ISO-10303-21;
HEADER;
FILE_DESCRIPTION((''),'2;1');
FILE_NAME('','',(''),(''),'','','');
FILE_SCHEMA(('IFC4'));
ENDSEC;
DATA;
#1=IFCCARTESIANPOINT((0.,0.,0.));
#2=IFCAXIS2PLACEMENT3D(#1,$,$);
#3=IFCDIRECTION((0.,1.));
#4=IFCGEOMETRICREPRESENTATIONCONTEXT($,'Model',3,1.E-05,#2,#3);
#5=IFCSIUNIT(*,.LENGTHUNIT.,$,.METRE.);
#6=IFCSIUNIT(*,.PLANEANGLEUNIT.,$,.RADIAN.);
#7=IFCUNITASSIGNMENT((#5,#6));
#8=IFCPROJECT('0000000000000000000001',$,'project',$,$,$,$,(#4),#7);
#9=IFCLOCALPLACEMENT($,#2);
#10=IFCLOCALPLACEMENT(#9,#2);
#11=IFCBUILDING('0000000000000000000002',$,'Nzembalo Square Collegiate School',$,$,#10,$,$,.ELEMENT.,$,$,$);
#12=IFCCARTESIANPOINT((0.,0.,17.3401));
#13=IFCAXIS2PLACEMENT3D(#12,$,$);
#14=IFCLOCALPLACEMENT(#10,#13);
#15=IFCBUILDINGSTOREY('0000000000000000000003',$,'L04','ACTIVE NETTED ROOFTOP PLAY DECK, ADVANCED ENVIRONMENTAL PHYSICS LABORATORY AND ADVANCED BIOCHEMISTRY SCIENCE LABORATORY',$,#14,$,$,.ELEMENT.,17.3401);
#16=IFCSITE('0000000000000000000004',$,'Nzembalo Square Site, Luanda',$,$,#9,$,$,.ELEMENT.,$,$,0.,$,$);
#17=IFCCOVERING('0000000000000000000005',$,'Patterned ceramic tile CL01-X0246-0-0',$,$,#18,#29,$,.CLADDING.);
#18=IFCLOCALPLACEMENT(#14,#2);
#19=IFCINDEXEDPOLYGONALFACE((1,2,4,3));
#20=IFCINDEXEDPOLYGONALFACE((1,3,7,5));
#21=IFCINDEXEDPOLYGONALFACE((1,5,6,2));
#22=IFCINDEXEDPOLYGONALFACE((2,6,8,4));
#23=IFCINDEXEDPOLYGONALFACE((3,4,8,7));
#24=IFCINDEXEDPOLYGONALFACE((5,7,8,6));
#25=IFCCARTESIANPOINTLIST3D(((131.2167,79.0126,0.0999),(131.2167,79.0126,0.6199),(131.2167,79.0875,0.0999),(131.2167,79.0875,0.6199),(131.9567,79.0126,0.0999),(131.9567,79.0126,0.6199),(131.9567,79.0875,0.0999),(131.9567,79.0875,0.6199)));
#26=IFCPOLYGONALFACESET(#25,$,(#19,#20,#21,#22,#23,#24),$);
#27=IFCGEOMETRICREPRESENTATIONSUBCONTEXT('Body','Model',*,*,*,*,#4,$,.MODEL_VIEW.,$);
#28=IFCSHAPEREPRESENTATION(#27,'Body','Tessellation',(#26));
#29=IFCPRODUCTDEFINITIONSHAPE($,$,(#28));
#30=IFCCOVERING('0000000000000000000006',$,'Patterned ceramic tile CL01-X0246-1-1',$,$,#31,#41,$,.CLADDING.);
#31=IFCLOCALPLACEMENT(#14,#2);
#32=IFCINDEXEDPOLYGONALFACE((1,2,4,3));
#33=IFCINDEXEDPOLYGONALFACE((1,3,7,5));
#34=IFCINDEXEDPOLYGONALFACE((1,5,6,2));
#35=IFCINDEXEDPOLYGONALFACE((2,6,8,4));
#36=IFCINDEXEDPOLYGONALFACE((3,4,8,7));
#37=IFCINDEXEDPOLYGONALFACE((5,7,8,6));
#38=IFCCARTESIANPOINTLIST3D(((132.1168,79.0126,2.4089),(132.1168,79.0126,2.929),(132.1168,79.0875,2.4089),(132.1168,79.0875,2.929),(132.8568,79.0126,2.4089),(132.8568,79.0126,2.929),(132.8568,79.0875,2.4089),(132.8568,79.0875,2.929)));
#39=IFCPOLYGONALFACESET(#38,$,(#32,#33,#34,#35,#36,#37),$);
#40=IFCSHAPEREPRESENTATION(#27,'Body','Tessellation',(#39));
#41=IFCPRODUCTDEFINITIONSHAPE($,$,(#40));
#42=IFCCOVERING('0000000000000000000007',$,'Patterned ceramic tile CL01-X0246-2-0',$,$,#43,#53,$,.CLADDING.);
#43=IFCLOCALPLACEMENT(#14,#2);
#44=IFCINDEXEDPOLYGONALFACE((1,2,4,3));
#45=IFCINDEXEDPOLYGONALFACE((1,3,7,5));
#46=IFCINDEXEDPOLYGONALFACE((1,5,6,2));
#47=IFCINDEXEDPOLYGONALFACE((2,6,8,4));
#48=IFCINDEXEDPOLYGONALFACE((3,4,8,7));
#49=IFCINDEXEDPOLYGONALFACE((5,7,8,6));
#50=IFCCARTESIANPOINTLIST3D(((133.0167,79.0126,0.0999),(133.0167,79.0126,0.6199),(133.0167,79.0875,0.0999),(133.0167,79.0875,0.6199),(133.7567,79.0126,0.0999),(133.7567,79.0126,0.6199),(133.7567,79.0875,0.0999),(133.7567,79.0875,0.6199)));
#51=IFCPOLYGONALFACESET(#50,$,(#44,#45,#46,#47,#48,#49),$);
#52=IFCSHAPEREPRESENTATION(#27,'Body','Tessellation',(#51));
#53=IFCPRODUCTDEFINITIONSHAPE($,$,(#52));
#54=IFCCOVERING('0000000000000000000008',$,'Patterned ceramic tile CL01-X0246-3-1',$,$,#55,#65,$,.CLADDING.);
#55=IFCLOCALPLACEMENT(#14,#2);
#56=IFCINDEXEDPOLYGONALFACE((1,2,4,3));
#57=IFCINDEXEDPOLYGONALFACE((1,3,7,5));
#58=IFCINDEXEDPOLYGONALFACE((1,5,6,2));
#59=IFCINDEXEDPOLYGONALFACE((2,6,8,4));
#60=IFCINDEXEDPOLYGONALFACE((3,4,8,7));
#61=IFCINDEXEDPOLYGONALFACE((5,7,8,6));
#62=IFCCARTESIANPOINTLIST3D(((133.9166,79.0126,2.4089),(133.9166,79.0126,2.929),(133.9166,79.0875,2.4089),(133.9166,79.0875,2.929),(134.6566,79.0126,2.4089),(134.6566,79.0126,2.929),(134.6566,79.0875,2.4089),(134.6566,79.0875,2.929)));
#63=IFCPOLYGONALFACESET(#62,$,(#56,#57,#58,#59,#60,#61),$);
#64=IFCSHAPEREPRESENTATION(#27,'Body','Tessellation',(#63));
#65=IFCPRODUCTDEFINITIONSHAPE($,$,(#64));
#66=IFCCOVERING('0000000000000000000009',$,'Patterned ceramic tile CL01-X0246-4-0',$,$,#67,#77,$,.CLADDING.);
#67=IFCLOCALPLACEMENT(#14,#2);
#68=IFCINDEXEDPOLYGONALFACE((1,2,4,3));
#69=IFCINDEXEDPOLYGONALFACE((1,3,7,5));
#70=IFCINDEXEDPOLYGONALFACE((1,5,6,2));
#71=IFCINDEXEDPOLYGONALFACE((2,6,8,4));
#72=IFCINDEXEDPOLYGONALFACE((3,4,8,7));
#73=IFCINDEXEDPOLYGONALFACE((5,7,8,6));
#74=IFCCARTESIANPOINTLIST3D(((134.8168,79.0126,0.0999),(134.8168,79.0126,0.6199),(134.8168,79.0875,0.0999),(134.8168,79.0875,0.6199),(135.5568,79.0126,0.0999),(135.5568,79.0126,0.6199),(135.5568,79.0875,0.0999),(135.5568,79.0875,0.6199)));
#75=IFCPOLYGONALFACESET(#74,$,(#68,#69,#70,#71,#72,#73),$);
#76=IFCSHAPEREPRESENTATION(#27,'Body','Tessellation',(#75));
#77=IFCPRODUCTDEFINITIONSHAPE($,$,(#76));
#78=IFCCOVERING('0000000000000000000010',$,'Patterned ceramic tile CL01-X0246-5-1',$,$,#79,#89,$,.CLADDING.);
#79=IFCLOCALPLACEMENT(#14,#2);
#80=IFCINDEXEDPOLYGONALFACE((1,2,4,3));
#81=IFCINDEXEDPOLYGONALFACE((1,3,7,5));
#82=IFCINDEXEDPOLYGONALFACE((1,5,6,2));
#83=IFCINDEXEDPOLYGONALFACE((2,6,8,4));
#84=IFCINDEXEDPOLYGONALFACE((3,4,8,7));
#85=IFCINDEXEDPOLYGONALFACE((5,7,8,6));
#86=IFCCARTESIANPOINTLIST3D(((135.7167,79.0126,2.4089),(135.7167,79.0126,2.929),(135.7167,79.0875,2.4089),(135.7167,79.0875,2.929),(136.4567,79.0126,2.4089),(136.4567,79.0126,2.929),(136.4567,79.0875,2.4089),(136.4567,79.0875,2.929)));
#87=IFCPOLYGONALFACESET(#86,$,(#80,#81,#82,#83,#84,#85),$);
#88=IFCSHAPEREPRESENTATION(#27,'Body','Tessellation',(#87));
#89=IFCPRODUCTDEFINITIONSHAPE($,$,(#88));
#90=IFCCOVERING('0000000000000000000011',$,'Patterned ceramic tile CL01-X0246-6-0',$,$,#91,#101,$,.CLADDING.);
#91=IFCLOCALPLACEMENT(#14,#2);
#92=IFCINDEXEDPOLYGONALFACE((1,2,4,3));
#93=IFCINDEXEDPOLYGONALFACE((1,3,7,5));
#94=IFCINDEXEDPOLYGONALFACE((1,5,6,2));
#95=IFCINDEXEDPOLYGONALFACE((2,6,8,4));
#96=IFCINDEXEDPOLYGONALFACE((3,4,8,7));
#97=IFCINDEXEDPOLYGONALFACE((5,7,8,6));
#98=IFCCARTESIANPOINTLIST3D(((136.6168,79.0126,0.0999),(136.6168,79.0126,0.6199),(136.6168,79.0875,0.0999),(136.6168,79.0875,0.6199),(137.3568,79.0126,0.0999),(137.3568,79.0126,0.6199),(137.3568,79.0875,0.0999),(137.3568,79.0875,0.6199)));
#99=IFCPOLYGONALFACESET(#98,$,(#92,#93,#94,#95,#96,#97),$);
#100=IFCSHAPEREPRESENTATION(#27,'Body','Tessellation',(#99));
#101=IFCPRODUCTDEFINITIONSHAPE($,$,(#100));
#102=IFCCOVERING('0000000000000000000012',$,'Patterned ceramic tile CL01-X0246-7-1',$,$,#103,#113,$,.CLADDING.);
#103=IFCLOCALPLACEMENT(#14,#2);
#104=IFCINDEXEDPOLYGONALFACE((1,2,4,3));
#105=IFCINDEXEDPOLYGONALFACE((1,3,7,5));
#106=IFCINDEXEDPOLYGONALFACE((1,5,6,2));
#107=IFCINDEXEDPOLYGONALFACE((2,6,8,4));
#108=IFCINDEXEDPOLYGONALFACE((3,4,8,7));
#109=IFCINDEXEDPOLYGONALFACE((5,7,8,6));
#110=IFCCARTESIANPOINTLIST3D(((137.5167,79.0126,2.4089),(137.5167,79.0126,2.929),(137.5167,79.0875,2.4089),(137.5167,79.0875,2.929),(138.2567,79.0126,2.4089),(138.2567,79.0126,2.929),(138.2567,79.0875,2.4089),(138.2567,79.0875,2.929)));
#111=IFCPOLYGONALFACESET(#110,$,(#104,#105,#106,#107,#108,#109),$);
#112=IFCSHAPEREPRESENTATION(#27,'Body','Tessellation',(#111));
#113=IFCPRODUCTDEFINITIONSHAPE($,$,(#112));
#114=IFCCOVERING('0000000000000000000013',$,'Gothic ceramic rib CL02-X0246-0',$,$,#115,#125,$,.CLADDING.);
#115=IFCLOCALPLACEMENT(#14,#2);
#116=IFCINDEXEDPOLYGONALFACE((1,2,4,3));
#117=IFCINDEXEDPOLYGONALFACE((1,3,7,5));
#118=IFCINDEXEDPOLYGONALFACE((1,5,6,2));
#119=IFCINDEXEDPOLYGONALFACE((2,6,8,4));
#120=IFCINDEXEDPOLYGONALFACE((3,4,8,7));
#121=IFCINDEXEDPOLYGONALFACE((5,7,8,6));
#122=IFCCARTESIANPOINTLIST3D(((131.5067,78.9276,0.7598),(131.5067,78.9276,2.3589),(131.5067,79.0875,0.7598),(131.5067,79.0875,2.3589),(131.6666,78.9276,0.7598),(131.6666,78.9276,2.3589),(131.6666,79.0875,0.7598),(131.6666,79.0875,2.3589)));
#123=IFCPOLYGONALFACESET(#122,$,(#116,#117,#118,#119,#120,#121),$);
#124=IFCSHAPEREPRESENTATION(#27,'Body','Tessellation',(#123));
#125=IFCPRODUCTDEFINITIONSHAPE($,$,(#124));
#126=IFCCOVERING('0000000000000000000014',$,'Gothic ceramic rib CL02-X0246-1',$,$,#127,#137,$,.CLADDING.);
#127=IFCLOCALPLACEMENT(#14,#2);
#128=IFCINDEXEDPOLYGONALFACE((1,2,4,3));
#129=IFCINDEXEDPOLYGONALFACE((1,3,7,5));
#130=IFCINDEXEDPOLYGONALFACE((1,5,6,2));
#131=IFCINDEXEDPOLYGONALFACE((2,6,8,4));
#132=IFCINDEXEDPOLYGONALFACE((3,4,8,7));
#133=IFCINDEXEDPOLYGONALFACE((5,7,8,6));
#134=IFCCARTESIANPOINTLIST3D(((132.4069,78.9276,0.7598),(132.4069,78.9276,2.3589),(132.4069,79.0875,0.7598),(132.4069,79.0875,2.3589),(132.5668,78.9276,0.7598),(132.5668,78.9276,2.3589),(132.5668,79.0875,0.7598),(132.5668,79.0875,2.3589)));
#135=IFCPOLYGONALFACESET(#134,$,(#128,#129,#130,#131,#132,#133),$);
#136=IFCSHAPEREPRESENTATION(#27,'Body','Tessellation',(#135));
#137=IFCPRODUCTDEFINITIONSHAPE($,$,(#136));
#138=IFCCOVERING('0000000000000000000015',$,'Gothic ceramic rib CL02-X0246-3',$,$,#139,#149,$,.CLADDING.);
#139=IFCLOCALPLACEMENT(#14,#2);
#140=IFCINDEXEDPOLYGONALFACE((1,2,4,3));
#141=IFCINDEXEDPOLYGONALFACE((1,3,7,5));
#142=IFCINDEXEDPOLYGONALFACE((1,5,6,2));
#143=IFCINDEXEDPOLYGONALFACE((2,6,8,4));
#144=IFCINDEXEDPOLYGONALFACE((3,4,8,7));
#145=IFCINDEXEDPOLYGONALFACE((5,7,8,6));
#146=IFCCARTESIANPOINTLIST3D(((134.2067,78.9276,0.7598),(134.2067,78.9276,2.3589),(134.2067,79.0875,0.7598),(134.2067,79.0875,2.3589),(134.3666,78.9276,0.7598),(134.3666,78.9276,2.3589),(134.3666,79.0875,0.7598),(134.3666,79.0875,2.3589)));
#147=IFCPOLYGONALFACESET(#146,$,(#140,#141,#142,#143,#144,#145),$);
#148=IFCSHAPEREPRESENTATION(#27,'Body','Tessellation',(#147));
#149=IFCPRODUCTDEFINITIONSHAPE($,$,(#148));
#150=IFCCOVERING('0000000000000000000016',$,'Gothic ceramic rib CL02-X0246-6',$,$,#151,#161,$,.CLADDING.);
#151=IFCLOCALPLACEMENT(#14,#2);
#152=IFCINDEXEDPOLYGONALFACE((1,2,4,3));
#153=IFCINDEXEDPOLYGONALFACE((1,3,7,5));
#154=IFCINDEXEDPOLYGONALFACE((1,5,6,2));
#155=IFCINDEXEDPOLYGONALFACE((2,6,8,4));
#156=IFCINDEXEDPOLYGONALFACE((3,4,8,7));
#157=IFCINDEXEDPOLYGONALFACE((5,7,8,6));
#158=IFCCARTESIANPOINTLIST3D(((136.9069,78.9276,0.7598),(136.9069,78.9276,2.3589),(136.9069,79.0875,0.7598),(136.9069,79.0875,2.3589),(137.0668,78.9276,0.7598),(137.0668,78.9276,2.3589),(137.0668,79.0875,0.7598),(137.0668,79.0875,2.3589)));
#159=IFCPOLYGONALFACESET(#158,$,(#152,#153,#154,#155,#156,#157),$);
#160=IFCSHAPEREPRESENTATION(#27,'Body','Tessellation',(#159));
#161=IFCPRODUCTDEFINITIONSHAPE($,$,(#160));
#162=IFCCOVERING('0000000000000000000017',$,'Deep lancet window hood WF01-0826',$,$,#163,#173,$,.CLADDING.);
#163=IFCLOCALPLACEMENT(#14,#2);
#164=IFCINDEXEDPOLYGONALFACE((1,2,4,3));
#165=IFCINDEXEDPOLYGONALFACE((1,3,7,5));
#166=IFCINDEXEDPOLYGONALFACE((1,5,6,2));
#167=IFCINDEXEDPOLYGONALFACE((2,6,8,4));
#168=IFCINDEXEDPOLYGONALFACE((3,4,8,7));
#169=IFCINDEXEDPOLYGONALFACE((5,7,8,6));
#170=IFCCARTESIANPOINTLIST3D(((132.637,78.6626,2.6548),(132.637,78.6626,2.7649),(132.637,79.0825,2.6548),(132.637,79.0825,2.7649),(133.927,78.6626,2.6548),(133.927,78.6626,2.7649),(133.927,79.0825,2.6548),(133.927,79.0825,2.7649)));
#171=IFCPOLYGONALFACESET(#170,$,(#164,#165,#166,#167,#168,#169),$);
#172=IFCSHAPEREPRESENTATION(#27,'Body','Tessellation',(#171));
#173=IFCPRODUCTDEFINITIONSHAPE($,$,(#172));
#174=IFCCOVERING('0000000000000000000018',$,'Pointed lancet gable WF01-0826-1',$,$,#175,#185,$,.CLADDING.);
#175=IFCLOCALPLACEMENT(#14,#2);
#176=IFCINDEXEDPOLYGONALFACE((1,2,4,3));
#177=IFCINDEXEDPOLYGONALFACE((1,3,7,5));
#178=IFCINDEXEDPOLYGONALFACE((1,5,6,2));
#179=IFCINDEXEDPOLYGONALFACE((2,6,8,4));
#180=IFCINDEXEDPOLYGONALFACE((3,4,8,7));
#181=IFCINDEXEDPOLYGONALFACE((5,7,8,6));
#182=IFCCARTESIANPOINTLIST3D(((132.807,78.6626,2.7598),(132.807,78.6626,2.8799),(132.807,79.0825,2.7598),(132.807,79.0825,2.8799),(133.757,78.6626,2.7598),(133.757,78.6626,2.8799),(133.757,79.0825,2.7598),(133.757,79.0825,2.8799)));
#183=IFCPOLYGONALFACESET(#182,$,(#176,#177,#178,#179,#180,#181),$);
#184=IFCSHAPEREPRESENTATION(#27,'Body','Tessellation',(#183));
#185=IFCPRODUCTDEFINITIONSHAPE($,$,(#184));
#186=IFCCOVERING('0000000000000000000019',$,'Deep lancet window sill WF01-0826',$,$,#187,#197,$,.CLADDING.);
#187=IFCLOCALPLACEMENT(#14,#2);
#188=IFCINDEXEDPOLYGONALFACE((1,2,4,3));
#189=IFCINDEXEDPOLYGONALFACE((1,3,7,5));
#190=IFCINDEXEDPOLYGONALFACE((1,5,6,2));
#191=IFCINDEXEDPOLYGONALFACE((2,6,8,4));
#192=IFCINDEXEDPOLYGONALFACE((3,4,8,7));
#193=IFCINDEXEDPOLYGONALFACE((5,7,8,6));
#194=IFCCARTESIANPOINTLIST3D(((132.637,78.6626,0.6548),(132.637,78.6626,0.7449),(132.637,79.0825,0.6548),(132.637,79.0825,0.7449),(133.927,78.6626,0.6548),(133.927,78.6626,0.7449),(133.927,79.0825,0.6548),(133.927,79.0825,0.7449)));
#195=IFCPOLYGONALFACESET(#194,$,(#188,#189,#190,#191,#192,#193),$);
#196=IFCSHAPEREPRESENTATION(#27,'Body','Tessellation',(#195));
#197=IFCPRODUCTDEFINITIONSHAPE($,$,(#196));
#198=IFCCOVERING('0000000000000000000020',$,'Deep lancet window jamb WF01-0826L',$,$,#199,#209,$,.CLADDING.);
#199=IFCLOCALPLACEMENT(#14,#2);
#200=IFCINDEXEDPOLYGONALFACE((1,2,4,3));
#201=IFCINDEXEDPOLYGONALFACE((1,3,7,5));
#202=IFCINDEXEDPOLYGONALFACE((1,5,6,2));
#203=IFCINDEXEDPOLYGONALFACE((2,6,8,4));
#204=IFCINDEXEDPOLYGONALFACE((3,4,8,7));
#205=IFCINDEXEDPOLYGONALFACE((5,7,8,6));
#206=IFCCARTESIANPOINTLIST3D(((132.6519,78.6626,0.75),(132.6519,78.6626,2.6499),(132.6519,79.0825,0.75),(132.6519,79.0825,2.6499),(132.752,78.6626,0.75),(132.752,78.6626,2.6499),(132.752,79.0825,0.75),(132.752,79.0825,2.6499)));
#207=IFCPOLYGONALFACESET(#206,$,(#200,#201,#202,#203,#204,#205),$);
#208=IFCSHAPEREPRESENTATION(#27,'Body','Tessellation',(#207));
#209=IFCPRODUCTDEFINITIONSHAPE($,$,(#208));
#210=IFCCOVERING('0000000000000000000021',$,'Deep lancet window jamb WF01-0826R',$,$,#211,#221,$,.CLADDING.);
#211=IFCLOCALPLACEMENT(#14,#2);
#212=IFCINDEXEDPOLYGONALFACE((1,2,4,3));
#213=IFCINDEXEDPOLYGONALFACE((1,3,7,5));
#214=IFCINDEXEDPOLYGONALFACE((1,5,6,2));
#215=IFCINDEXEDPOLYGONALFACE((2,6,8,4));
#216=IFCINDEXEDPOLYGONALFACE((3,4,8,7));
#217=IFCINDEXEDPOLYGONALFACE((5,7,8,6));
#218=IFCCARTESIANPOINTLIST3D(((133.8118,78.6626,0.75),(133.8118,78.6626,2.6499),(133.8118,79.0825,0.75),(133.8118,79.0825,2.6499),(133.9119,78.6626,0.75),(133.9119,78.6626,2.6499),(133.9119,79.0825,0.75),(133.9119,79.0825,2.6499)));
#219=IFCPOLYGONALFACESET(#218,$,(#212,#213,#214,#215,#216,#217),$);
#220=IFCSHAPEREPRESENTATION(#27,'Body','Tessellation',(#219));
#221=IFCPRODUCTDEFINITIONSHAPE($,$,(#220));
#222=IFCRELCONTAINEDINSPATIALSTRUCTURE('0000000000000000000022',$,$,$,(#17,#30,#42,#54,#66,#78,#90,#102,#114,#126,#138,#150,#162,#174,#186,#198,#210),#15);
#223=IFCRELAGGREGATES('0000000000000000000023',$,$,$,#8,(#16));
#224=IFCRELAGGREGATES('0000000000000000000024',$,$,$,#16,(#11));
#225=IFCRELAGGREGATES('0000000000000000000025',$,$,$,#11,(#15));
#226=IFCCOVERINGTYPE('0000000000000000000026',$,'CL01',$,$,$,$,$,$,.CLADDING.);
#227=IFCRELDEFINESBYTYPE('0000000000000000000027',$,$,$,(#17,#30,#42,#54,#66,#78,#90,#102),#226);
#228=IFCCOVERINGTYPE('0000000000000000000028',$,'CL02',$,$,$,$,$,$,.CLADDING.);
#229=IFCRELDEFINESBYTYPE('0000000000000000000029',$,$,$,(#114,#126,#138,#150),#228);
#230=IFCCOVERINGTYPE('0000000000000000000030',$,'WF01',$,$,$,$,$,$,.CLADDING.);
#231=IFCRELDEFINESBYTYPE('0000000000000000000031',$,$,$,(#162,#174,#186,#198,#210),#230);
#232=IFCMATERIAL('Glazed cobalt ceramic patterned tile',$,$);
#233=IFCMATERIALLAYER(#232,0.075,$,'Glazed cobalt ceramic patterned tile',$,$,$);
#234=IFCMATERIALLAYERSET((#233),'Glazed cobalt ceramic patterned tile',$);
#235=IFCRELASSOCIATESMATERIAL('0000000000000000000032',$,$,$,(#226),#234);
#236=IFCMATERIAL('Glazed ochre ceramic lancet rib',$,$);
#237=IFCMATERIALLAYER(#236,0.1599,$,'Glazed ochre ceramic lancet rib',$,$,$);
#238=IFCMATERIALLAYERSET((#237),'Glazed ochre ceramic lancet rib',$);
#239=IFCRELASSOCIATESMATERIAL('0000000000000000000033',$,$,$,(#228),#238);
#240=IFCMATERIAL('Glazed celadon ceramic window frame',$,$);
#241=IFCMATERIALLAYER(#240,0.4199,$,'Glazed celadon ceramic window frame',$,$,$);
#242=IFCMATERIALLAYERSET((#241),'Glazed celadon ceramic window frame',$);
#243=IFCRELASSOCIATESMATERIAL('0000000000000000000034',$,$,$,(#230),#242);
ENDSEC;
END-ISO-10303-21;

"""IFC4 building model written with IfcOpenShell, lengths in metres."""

from ifc_helpers import new_model, si_unit, direction, frame, origin, origin_2d, place, context, subcontext, project, spatial, rectangle, extrude, material, layer, layer_set, type_object, element, save


model = new_model("IFC4")

# Units and contexts
model_context = context("Model", 3, precision=1e-05, world=origin(), true_north=direction((0.0, 1.0)))
body_context = subcontext(model_context, "Body", "Model", "MODEL_VIEW")
ifc_project = project(units=[si_unit("LENGTHUNIT", "METRE"), si_unit("PLANEANGLEUNIT", "RADIAN")], contexts=[model_context])

# Site, building, storey
site_placement = place(None, origin())
site = spatial("IfcSite", under=ifc_project, at=site_placement, Name="Nzembalo Square Site, Luanda", CompositionType="ELEMENT", RefElevation=0.0)
building_placement = place(site_placement, origin())
building = spatial("IfcBuilding", under=site, at=building_placement, Name="Nzembalo Square Collegiate School", CompositionType="ELEMENT")
storey_placement = place(building_placement, frame((0.0, 0.0, 17.3401)))
storey = spatial("IfcBuildingStorey", under=building, at=storey_placement, Name="L04", Description="ACTIVE NETTED ROOFTOP PLAY DECK, ADVANCED ENVIRONMENTAL PHYSICS LABORATORY AND ADVANCED BIOCHEMISTRY SCIENCE LABORATORY", CompositionType="ELEMENT", Elevation=17.3401)

# Coverings
ifc_material_1 = material(Name="Glazed cobalt ceramic patterned tile")
ifc_layer_1 = layer(ifc_material_1, 0.075, Name="Glazed cobalt ceramic patterned tile")
ifc_layer_set_1 = layer_set([ifc_layer_1], Name="Glazed cobalt ceramic patterned tile")
covering_type_1 = type_object("IfcCoveringType", Name="CL01", PredefinedType="CLADDING", material=ifc_layer_set_1)
for number, where, z_axis, x_axis, name in (
    (1, (131.5867, 79.05, 0.0999), (0.0, 0.0, 1.0), (1.0, 0.0, 0.0), "Patterned ceramic tile CL01-X0246-0-0"),
    (2, (132.4868, 79.05, 2.4089), (0.0, 0.0, 1.0), (1.0, 0.0, 0.0), "Patterned ceramic tile CL01-X0246-1-1"),
    (3, (133.3867, 79.05, 0.0999), (0.0, 0.0, 1.0), (1.0, 0.0, 0.0), "Patterned ceramic tile CL01-X0246-2-0"),
    (4, (134.2866, 79.05, 2.4089), (0.0, 0.0, 1.0), (1.0, 0.0, 0.0), "Patterned ceramic tile CL01-X0246-3-1"),
    (5, (135.1868, 79.05, 0.0999), (0.0, 0.0, 1.0), (1.0, 0.0, 0.0), "Patterned ceramic tile CL01-X0246-4-0"),
    (6, (136.0867, 79.05, 2.4089), (0.0, 0.0, 1.0), (1.0, 0.0, 0.0), "Patterned ceramic tile CL01-X0246-5-1"),
    (7, (136.9868, 79.05, 0.0999), (0.0, 0.0, 1.0), (1.0, 0.0, 0.0), "Patterned ceramic tile CL01-X0246-6-0"),
    (8, (137.8867, 79.05, 2.4089), (0.0, 0.0, 1.0), (1.0, 0.0, 0.0), "Patterned ceramic tile CL01-X0246-7-1"),
):
    element("IfcCovering", number, at=place(storey_placement, frame(where, z_axis=z_axis, x_axis=x_axis)), inside=storey, type_object=covering_type_1, Name=name, PredefinedType="CLADDING", context=body_context, shape_type="SweptSolid", body=[
        extrude(rectangle(XDim=0.74, YDim=0.075, at=origin_2d()), origin(), (0.0, 0.0, 1.0), 0.52),
    ])
ifc_material_2 = material(Name="Glazed ochre ceramic lancet rib")
ifc_layer_2 = layer(ifc_material_2, 0.1599, Name="Glazed ochre ceramic lancet rib")
ifc_layer_set_2 = layer_set([ifc_layer_2], Name="Glazed ochre ceramic lancet rib")
covering_type_2 = type_object("IfcCoveringType", Name="CL02", PredefinedType="CLADDING", material=ifc_layer_set_2)
for number, where, z_axis, x_axis, name in (
    (9, (131.5867, 79.0076, 0.7598), (0.0, 0.0, 1.0), (1.0, 0.0, 0.0), "Gothic ceramic rib CL02-X0246-0"),
    (10, (132.4868, 79.0076, 0.7598), (0.0, 0.0, 1.0), (1.0, 0.0, 0.0), "Gothic ceramic rib CL02-X0246-1"),
    (11, (134.2866, 79.0076, 0.7598), (0.0, 0.0, 1.0), (1.0, 0.0, 0.0), "Gothic ceramic rib CL02-X0246-3"),
    (12, (136.9868, 79.0076, 0.7598), (0.0, 0.0, 1.0), (1.0, 0.0, 0.0), "Gothic ceramic rib CL02-X0246-6"),
):
    element("IfcCovering", number, at=place(storey_placement, frame(where, z_axis=z_axis, x_axis=x_axis)), inside=storey, type_object=covering_type_2, Name=name, PredefinedType="CLADDING", context=body_context, shape_type="SweptSolid", body=[
        extrude(rectangle(XDim=0.1599, YDim=0.1599, at=origin_2d()), origin(), (0.0, 0.0, 1.0), 1.5991),
    ])
ifc_material_3 = material(Name="Glazed celadon ceramic window frame")
ifc_layer_3 = layer(ifc_material_3, 0.4199, Name="Glazed celadon ceramic window frame")
ifc_layer_set_3 = layer_set([ifc_layer_3], Name="Glazed celadon ceramic window frame")
covering_type_3 = type_object("IfcCoveringType", Name="WF01", PredefinedType="CLADDING", material=ifc_layer_set_3)
covering_1_placement = place(storey_placement, frame((133.282, 78.8726, 2.6548), z_axis=(0.0, 0.0, 1.0), x_axis=(1.0, 0.0, 0.0)))
element("IfcCovering", 13, at=covering_1_placement, inside=storey, type_object=covering_type_3, Name="Deep lancet window hood WF01-0826", PredefinedType="CLADDING", context=body_context, shape_type="SweptSolid", body=[
    extrude(rectangle(XDim=1.29, YDim=0.4199, at=origin_2d()), origin(), (0.0, 0.0, 1.0), 0.1101),
])
covering_2_placement = place(storey_placement, frame((133.282, 78.8726, 2.7598), z_axis=(0.0, 0.0, 1.0), x_axis=(1.0, 0.0, 0.0)))
element("IfcCovering", 14, at=covering_2_placement, inside=storey, type_object=covering_type_3, Name="Pointed lancet gable WF01-0826-1", PredefinedType="CLADDING", context=body_context, shape_type="SweptSolid", body=[
    extrude(rectangle(XDim=0.95, YDim=0.4199, at=origin_2d()), origin(), (0.0, 0.0, 1.0), 0.1201),
])
covering_3_placement = place(storey_placement, frame((133.282, 78.8726, 0.6548), z_axis=(0.0, 0.0, 1.0), x_axis=(1.0, 0.0, 0.0)))
element("IfcCovering", 15, at=covering_3_placement, inside=storey, type_object=covering_type_3, Name="Deep lancet window sill WF01-0826", PredefinedType="CLADDING", context=body_context, shape_type="SweptSolid", body=[
    extrude(rectangle(XDim=1.29, YDim=0.4199, at=origin_2d()), origin(), (0.0, 0.0, 1.0), 0.0901),
])
for number, where, z_axis, x_axis, name in (
    (16, (132.7019, 78.8726, 0.75), (0.0, 0.0, 1.0), (1.0, 0.0, 0.0), "Deep lancet window jamb WF01-0826L"),
    (17, (133.8618, 78.8726, 0.75), (0.0, 0.0, 1.0), (1.0, 0.0, 0.0), "Deep lancet window jamb WF01-0826R"),
):
    element("IfcCovering", number, at=place(storey_placement, frame(where, z_axis=z_axis, x_axis=x_axis)), inside=storey, type_object=covering_type_3, Name=name, PredefinedType="CLADDING", context=body_context, shape_type="SweptSolid", body=[
        extrude(rectangle(XDim=0.1001, YDim=0.4199, at=origin_2d()), origin(), (0.0, 0.0, 1.0), 1.8999),
    ])

save(model, "model.ifc")
